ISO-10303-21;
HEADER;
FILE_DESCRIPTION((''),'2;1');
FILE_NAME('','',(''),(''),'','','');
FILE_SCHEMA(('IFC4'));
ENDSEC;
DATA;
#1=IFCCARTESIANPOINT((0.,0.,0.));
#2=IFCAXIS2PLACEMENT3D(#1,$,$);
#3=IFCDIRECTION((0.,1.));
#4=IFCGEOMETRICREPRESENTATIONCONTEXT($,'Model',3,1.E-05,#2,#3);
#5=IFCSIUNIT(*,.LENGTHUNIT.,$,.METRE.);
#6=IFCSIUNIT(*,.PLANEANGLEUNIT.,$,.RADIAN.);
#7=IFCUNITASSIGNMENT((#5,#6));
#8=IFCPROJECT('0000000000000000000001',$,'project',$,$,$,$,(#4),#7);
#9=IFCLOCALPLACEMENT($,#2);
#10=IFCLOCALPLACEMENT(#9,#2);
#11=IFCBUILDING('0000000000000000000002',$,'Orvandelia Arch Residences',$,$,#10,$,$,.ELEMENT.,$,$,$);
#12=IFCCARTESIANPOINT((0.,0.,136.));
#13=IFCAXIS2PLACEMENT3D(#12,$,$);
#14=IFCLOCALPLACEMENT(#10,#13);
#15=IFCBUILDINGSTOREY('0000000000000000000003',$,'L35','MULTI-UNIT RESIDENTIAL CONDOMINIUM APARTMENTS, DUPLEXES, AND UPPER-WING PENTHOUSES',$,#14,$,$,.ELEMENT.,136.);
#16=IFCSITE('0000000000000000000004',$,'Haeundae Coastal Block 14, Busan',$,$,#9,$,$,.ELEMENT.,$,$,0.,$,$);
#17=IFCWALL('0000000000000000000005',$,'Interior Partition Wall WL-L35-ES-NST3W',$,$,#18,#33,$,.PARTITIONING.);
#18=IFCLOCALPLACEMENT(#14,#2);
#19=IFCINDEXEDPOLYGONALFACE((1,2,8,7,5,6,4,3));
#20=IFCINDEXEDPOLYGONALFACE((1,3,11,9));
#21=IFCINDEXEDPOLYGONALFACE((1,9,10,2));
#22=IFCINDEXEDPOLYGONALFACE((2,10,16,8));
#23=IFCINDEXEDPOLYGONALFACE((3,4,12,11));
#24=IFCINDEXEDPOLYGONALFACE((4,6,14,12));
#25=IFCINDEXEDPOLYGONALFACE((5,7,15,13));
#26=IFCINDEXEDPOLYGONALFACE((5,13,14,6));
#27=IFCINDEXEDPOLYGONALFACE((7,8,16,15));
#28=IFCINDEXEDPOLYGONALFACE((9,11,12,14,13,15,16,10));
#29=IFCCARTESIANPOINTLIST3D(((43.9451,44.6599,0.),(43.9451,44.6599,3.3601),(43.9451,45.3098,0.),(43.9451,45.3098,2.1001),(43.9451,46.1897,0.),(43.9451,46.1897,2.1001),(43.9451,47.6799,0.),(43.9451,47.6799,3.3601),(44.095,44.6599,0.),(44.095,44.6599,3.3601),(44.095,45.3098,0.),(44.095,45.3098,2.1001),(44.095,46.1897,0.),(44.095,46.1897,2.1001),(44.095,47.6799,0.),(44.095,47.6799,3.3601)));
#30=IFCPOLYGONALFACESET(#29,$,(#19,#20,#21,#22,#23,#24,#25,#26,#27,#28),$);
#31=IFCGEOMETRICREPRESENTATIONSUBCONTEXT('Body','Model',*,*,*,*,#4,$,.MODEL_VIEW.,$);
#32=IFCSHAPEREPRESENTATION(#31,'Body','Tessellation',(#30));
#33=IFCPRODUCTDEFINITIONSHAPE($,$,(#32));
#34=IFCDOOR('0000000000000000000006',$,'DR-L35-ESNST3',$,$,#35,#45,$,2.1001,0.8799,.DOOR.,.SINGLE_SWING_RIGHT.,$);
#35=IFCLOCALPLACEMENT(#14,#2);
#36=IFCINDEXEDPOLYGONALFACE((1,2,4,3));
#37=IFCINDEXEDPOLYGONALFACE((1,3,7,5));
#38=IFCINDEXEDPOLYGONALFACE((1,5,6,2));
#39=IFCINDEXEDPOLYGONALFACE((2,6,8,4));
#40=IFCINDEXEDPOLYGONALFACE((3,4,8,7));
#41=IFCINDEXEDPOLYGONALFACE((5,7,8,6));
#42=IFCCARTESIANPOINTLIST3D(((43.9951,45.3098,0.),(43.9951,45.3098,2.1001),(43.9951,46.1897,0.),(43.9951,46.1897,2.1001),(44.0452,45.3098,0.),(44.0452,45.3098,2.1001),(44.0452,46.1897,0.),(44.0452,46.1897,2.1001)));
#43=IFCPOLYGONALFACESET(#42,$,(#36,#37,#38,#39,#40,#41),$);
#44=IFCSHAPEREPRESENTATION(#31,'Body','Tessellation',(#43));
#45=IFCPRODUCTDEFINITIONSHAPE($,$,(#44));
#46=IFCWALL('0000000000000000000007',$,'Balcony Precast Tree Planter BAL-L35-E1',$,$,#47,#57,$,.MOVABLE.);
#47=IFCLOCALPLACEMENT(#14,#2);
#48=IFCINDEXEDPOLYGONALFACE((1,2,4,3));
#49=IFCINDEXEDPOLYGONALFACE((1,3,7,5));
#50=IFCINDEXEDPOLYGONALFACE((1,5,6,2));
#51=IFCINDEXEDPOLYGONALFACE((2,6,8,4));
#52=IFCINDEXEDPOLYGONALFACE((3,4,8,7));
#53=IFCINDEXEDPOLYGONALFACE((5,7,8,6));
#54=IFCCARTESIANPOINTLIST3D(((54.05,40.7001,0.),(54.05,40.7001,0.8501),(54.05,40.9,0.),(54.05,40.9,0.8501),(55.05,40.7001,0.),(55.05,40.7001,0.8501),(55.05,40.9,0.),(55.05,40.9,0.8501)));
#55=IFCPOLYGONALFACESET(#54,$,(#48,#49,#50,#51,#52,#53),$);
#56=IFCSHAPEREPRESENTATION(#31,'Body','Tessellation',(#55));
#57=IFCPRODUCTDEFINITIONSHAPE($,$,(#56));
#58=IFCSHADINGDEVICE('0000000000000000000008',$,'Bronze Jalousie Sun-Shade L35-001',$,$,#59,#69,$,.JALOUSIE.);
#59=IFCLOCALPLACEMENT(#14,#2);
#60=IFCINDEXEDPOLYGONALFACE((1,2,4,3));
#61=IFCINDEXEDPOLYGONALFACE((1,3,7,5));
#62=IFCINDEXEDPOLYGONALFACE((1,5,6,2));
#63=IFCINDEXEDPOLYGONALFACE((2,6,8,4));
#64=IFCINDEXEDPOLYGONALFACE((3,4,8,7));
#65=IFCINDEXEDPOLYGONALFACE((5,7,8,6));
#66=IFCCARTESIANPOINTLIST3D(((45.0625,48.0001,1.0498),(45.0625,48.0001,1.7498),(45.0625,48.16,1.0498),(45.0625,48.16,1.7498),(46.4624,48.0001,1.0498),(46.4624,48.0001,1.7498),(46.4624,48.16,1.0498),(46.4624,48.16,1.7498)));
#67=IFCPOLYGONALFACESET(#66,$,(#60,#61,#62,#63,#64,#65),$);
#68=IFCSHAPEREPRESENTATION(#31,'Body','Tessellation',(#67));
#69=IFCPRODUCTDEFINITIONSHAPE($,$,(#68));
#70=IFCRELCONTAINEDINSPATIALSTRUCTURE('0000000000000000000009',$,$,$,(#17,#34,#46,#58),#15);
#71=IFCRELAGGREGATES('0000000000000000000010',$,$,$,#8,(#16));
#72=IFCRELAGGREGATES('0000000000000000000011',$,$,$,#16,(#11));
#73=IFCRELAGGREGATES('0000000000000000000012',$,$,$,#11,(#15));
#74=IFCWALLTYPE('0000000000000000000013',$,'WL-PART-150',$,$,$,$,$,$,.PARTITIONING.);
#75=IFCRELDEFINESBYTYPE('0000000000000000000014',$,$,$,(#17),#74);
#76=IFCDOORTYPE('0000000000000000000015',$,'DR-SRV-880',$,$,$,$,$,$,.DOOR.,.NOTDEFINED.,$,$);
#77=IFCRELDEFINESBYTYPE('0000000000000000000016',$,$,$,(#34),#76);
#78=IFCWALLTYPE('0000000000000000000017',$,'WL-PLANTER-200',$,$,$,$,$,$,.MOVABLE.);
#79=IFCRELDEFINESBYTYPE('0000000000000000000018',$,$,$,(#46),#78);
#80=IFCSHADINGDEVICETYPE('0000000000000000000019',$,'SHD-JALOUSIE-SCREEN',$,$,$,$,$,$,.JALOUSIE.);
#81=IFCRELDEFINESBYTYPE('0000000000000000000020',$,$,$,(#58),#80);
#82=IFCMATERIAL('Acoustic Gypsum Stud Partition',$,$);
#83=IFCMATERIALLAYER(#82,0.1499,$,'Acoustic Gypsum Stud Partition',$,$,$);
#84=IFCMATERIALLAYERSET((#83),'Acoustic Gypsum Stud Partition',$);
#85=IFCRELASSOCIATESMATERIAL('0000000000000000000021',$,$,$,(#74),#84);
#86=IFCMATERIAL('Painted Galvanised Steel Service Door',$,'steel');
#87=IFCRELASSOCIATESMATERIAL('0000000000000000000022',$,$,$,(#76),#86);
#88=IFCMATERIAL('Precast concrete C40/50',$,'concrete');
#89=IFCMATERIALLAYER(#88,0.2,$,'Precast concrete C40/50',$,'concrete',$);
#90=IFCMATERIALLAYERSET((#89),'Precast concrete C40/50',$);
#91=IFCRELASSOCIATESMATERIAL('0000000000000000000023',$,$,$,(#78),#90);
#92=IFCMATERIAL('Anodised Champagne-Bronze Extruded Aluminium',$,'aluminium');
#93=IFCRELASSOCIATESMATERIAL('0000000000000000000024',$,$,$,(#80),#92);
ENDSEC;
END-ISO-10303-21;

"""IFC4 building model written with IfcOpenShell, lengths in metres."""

from ifc_helpers import new_model, si_unit, direction, frame, frame_2d, origin, origin_2d, place, context, subcontext, project, spatial, rectangle, extrude, material, layer, layer_set, type_object, element, fill, save


model = new_model("IFC4")

# Units and contexts
model_context = context("Model", 3, precision=1e-05, world=origin(), true_north=direction((0.0, 1.0)))
body_context = subcontext(model_context, "Body", "Model", "MODEL_VIEW")
ifc_project = project(units=[si_unit("LENGTHUNIT", "METRE"), si_unit("PLANEANGLEUNIT", "RADIAN")], contexts=[model_context])

# Site, building, storey
site_placement = place(None, origin())
site = spatial("IfcSite", under=ifc_project, at=site_placement, Name="Haeundae Coastal Block 14, Busan", CompositionType="ELEMENT", RefElevation=0.0)
building_placement = place(site_placement, origin())
building = spatial("IfcBuilding", under=site, at=building_placement, Name="Orvandelia Arch Residences", CompositionType="ELEMENT")
storey_placement = place(building_placement, frame((0.0, 0.0, 136.0)))
storey = spatial("IfcBuildingStorey", under=building, at=storey_placement, Name="L35", Description="MULTI-UNIT RESIDENTIAL CONDOMINIUM APARTMENTS, DUPLEXES, AND UPPER-WING PENTHOUSES", CompositionType="ELEMENT", Elevation=136.0)

# Shared definitions
ifc_material_1 = material(Name="Precast concrete C40/50", Category="concrete")

# Wall, opening, door
ifc_material_2 = material(Name="Acoustic Gypsum Stud Partition")
ifc_layer_1 = layer(ifc_material_2, 0.1499, Name="Acoustic Gypsum Stud Partition")
ifc_layer_set_1 = layer_set([ifc_layer_1], Name="Acoustic Gypsum Stud Partition")
wall_type_1 = type_object("IfcWallType", Name="WL-PART-150", PredefinedType="PARTITIONING", material=ifc_layer_set_1)
wall_1_placement = place(storey_placement, frame((44.02, 44.6599, 0.0), z_axis=(0.0, 0.0, 1.0), x_axis=(0.0, 1.0, 0.0)))
wall_1 = element("IfcWall", 1, at=wall_1_placement, inside=storey, type_object=wall_type_1, Name="Interior Partition Wall WL-L35-ES-NST3W", PredefinedType="PARTITIONING", context=body_context, shape_type="SweptSolid", body=[
    extrude(rectangle(XDim=3.02, YDim=0.1499, at=frame_2d((1.51, 0.0))), origin(), (0.0, 0.0, 1.0), 3.3601),
])
opening_1_placement = place(wall_1_placement, frame((0.6499, 0.0, 0.0)))
opening_1 = element("IfcOpeningElement", 2, at=opening_1_placement, cuts=wall_1, PredefinedType="OPENING", context=body_context, shape_type="SweptSolid", body=[
    extrude(rectangle(XDim=0.8799, YDim=2.1001, at=frame_2d((0.4399, 1.05))), frame((0.0, 0.085, 0.0), z_axis=(0.0, -1.0, 0.0), x_axis=(1.0, 0.0, 0.0)), (0.0, 0.0, 1.0), 0.1699),
])
ifc_material_3 = material(Name="Painted Galvanised Steel Service Door", Category="steel")
door_type_1 = type_object("IfcDoorType", Name="DR-SRV-880", OperationType="NOTDEFINED", PredefinedType="DOOR", material=ifc_material_3)
door_1_placement = place(opening_1_placement, origin())
door_1 = element("IfcDoor", 3, at=door_1_placement, inside=storey, type_object=door_type_1, Name="DR-L35-ESNST3", OperationType="SINGLE_SWING_RIGHT", OverallHeight=2.1001, OverallWidth=0.8799, PredefinedType="DOOR", context=body_context, shape_type="SweptSolid", body=[
    extrude(rectangle(XDim=0.8799, YDim=2.1001, at=frame_2d((0.4399, 1.05))), frame((0.0, 0.0249, 0.0), z_axis=(0.0, -1.0, 0.0), x_axis=(1.0, 0.0, 0.0)), (0.0, 0.0, 1.0), 0.05),
])
fill(opening_1, door_1)

# Wall
ifc_layer_2 = layer(ifc_material_1, 0.2, Name="Precast concrete C40/50", Category="concrete")
ifc_layer_set_2 = layer_set([ifc_layer_2], Name="Precast concrete C40/50")
wall_type_2 = type_object("IfcWallType", Name="WL-PLANTER-200", PredefinedType="MOVABLE", material=ifc_layer_set_2)
wall_2_placement = place(storey_placement, frame((54.05, 40.8, 0.0), z_axis=(0.0, 0.0, 1.0), x_axis=(1.0, 0.0, 0.0)))
element("IfcWall", 4, at=wall_2_placement, inside=storey, type_object=wall_type_2, Name="Balcony Precast Tree Planter BAL-L35-E1", PredefinedType="MOVABLE", context=body_context, shape_type="SweptSolid", body=[
    extrude(rectangle(XDim=1.0, YDim=0.2, at=frame_2d((0.5, 0.0))), origin(), (0.0, 0.0, 1.0), 0.8501),
])

# Shading device
ifc_material_4 = material(Name="Anodised Champagne-Bronze Extruded Aluminium", Category="aluminium")
shading_device_type = type_object("IfcShadingDeviceType", Name="SHD-JALOUSIE-SCREEN", PredefinedType="JALOUSIE", material=ifc_material_4)
shading_device_placement = place(storey_placement, frame((45.7625, 48.0801, 1.0498), z_axis=(0.0, 0.0, 1.0), x_axis=(1.0, 0.0, 0.0)))
element("IfcShadingDevice", 5, at=shading_device_placement, inside=storey, type_object=shading_device_type, Name="Bronze Jalousie Sun-Shade L35-001", PredefinedType="JALOUSIE", context=body_context, shape_type="SweptSolid", body=[
    extrude(rectangle(XDim=1.3999, YDim=0.1599, at=origin_2d()), origin(), (0.0, 0.0, 1.0), 0.7),
])

save(model, "model.ifc")
